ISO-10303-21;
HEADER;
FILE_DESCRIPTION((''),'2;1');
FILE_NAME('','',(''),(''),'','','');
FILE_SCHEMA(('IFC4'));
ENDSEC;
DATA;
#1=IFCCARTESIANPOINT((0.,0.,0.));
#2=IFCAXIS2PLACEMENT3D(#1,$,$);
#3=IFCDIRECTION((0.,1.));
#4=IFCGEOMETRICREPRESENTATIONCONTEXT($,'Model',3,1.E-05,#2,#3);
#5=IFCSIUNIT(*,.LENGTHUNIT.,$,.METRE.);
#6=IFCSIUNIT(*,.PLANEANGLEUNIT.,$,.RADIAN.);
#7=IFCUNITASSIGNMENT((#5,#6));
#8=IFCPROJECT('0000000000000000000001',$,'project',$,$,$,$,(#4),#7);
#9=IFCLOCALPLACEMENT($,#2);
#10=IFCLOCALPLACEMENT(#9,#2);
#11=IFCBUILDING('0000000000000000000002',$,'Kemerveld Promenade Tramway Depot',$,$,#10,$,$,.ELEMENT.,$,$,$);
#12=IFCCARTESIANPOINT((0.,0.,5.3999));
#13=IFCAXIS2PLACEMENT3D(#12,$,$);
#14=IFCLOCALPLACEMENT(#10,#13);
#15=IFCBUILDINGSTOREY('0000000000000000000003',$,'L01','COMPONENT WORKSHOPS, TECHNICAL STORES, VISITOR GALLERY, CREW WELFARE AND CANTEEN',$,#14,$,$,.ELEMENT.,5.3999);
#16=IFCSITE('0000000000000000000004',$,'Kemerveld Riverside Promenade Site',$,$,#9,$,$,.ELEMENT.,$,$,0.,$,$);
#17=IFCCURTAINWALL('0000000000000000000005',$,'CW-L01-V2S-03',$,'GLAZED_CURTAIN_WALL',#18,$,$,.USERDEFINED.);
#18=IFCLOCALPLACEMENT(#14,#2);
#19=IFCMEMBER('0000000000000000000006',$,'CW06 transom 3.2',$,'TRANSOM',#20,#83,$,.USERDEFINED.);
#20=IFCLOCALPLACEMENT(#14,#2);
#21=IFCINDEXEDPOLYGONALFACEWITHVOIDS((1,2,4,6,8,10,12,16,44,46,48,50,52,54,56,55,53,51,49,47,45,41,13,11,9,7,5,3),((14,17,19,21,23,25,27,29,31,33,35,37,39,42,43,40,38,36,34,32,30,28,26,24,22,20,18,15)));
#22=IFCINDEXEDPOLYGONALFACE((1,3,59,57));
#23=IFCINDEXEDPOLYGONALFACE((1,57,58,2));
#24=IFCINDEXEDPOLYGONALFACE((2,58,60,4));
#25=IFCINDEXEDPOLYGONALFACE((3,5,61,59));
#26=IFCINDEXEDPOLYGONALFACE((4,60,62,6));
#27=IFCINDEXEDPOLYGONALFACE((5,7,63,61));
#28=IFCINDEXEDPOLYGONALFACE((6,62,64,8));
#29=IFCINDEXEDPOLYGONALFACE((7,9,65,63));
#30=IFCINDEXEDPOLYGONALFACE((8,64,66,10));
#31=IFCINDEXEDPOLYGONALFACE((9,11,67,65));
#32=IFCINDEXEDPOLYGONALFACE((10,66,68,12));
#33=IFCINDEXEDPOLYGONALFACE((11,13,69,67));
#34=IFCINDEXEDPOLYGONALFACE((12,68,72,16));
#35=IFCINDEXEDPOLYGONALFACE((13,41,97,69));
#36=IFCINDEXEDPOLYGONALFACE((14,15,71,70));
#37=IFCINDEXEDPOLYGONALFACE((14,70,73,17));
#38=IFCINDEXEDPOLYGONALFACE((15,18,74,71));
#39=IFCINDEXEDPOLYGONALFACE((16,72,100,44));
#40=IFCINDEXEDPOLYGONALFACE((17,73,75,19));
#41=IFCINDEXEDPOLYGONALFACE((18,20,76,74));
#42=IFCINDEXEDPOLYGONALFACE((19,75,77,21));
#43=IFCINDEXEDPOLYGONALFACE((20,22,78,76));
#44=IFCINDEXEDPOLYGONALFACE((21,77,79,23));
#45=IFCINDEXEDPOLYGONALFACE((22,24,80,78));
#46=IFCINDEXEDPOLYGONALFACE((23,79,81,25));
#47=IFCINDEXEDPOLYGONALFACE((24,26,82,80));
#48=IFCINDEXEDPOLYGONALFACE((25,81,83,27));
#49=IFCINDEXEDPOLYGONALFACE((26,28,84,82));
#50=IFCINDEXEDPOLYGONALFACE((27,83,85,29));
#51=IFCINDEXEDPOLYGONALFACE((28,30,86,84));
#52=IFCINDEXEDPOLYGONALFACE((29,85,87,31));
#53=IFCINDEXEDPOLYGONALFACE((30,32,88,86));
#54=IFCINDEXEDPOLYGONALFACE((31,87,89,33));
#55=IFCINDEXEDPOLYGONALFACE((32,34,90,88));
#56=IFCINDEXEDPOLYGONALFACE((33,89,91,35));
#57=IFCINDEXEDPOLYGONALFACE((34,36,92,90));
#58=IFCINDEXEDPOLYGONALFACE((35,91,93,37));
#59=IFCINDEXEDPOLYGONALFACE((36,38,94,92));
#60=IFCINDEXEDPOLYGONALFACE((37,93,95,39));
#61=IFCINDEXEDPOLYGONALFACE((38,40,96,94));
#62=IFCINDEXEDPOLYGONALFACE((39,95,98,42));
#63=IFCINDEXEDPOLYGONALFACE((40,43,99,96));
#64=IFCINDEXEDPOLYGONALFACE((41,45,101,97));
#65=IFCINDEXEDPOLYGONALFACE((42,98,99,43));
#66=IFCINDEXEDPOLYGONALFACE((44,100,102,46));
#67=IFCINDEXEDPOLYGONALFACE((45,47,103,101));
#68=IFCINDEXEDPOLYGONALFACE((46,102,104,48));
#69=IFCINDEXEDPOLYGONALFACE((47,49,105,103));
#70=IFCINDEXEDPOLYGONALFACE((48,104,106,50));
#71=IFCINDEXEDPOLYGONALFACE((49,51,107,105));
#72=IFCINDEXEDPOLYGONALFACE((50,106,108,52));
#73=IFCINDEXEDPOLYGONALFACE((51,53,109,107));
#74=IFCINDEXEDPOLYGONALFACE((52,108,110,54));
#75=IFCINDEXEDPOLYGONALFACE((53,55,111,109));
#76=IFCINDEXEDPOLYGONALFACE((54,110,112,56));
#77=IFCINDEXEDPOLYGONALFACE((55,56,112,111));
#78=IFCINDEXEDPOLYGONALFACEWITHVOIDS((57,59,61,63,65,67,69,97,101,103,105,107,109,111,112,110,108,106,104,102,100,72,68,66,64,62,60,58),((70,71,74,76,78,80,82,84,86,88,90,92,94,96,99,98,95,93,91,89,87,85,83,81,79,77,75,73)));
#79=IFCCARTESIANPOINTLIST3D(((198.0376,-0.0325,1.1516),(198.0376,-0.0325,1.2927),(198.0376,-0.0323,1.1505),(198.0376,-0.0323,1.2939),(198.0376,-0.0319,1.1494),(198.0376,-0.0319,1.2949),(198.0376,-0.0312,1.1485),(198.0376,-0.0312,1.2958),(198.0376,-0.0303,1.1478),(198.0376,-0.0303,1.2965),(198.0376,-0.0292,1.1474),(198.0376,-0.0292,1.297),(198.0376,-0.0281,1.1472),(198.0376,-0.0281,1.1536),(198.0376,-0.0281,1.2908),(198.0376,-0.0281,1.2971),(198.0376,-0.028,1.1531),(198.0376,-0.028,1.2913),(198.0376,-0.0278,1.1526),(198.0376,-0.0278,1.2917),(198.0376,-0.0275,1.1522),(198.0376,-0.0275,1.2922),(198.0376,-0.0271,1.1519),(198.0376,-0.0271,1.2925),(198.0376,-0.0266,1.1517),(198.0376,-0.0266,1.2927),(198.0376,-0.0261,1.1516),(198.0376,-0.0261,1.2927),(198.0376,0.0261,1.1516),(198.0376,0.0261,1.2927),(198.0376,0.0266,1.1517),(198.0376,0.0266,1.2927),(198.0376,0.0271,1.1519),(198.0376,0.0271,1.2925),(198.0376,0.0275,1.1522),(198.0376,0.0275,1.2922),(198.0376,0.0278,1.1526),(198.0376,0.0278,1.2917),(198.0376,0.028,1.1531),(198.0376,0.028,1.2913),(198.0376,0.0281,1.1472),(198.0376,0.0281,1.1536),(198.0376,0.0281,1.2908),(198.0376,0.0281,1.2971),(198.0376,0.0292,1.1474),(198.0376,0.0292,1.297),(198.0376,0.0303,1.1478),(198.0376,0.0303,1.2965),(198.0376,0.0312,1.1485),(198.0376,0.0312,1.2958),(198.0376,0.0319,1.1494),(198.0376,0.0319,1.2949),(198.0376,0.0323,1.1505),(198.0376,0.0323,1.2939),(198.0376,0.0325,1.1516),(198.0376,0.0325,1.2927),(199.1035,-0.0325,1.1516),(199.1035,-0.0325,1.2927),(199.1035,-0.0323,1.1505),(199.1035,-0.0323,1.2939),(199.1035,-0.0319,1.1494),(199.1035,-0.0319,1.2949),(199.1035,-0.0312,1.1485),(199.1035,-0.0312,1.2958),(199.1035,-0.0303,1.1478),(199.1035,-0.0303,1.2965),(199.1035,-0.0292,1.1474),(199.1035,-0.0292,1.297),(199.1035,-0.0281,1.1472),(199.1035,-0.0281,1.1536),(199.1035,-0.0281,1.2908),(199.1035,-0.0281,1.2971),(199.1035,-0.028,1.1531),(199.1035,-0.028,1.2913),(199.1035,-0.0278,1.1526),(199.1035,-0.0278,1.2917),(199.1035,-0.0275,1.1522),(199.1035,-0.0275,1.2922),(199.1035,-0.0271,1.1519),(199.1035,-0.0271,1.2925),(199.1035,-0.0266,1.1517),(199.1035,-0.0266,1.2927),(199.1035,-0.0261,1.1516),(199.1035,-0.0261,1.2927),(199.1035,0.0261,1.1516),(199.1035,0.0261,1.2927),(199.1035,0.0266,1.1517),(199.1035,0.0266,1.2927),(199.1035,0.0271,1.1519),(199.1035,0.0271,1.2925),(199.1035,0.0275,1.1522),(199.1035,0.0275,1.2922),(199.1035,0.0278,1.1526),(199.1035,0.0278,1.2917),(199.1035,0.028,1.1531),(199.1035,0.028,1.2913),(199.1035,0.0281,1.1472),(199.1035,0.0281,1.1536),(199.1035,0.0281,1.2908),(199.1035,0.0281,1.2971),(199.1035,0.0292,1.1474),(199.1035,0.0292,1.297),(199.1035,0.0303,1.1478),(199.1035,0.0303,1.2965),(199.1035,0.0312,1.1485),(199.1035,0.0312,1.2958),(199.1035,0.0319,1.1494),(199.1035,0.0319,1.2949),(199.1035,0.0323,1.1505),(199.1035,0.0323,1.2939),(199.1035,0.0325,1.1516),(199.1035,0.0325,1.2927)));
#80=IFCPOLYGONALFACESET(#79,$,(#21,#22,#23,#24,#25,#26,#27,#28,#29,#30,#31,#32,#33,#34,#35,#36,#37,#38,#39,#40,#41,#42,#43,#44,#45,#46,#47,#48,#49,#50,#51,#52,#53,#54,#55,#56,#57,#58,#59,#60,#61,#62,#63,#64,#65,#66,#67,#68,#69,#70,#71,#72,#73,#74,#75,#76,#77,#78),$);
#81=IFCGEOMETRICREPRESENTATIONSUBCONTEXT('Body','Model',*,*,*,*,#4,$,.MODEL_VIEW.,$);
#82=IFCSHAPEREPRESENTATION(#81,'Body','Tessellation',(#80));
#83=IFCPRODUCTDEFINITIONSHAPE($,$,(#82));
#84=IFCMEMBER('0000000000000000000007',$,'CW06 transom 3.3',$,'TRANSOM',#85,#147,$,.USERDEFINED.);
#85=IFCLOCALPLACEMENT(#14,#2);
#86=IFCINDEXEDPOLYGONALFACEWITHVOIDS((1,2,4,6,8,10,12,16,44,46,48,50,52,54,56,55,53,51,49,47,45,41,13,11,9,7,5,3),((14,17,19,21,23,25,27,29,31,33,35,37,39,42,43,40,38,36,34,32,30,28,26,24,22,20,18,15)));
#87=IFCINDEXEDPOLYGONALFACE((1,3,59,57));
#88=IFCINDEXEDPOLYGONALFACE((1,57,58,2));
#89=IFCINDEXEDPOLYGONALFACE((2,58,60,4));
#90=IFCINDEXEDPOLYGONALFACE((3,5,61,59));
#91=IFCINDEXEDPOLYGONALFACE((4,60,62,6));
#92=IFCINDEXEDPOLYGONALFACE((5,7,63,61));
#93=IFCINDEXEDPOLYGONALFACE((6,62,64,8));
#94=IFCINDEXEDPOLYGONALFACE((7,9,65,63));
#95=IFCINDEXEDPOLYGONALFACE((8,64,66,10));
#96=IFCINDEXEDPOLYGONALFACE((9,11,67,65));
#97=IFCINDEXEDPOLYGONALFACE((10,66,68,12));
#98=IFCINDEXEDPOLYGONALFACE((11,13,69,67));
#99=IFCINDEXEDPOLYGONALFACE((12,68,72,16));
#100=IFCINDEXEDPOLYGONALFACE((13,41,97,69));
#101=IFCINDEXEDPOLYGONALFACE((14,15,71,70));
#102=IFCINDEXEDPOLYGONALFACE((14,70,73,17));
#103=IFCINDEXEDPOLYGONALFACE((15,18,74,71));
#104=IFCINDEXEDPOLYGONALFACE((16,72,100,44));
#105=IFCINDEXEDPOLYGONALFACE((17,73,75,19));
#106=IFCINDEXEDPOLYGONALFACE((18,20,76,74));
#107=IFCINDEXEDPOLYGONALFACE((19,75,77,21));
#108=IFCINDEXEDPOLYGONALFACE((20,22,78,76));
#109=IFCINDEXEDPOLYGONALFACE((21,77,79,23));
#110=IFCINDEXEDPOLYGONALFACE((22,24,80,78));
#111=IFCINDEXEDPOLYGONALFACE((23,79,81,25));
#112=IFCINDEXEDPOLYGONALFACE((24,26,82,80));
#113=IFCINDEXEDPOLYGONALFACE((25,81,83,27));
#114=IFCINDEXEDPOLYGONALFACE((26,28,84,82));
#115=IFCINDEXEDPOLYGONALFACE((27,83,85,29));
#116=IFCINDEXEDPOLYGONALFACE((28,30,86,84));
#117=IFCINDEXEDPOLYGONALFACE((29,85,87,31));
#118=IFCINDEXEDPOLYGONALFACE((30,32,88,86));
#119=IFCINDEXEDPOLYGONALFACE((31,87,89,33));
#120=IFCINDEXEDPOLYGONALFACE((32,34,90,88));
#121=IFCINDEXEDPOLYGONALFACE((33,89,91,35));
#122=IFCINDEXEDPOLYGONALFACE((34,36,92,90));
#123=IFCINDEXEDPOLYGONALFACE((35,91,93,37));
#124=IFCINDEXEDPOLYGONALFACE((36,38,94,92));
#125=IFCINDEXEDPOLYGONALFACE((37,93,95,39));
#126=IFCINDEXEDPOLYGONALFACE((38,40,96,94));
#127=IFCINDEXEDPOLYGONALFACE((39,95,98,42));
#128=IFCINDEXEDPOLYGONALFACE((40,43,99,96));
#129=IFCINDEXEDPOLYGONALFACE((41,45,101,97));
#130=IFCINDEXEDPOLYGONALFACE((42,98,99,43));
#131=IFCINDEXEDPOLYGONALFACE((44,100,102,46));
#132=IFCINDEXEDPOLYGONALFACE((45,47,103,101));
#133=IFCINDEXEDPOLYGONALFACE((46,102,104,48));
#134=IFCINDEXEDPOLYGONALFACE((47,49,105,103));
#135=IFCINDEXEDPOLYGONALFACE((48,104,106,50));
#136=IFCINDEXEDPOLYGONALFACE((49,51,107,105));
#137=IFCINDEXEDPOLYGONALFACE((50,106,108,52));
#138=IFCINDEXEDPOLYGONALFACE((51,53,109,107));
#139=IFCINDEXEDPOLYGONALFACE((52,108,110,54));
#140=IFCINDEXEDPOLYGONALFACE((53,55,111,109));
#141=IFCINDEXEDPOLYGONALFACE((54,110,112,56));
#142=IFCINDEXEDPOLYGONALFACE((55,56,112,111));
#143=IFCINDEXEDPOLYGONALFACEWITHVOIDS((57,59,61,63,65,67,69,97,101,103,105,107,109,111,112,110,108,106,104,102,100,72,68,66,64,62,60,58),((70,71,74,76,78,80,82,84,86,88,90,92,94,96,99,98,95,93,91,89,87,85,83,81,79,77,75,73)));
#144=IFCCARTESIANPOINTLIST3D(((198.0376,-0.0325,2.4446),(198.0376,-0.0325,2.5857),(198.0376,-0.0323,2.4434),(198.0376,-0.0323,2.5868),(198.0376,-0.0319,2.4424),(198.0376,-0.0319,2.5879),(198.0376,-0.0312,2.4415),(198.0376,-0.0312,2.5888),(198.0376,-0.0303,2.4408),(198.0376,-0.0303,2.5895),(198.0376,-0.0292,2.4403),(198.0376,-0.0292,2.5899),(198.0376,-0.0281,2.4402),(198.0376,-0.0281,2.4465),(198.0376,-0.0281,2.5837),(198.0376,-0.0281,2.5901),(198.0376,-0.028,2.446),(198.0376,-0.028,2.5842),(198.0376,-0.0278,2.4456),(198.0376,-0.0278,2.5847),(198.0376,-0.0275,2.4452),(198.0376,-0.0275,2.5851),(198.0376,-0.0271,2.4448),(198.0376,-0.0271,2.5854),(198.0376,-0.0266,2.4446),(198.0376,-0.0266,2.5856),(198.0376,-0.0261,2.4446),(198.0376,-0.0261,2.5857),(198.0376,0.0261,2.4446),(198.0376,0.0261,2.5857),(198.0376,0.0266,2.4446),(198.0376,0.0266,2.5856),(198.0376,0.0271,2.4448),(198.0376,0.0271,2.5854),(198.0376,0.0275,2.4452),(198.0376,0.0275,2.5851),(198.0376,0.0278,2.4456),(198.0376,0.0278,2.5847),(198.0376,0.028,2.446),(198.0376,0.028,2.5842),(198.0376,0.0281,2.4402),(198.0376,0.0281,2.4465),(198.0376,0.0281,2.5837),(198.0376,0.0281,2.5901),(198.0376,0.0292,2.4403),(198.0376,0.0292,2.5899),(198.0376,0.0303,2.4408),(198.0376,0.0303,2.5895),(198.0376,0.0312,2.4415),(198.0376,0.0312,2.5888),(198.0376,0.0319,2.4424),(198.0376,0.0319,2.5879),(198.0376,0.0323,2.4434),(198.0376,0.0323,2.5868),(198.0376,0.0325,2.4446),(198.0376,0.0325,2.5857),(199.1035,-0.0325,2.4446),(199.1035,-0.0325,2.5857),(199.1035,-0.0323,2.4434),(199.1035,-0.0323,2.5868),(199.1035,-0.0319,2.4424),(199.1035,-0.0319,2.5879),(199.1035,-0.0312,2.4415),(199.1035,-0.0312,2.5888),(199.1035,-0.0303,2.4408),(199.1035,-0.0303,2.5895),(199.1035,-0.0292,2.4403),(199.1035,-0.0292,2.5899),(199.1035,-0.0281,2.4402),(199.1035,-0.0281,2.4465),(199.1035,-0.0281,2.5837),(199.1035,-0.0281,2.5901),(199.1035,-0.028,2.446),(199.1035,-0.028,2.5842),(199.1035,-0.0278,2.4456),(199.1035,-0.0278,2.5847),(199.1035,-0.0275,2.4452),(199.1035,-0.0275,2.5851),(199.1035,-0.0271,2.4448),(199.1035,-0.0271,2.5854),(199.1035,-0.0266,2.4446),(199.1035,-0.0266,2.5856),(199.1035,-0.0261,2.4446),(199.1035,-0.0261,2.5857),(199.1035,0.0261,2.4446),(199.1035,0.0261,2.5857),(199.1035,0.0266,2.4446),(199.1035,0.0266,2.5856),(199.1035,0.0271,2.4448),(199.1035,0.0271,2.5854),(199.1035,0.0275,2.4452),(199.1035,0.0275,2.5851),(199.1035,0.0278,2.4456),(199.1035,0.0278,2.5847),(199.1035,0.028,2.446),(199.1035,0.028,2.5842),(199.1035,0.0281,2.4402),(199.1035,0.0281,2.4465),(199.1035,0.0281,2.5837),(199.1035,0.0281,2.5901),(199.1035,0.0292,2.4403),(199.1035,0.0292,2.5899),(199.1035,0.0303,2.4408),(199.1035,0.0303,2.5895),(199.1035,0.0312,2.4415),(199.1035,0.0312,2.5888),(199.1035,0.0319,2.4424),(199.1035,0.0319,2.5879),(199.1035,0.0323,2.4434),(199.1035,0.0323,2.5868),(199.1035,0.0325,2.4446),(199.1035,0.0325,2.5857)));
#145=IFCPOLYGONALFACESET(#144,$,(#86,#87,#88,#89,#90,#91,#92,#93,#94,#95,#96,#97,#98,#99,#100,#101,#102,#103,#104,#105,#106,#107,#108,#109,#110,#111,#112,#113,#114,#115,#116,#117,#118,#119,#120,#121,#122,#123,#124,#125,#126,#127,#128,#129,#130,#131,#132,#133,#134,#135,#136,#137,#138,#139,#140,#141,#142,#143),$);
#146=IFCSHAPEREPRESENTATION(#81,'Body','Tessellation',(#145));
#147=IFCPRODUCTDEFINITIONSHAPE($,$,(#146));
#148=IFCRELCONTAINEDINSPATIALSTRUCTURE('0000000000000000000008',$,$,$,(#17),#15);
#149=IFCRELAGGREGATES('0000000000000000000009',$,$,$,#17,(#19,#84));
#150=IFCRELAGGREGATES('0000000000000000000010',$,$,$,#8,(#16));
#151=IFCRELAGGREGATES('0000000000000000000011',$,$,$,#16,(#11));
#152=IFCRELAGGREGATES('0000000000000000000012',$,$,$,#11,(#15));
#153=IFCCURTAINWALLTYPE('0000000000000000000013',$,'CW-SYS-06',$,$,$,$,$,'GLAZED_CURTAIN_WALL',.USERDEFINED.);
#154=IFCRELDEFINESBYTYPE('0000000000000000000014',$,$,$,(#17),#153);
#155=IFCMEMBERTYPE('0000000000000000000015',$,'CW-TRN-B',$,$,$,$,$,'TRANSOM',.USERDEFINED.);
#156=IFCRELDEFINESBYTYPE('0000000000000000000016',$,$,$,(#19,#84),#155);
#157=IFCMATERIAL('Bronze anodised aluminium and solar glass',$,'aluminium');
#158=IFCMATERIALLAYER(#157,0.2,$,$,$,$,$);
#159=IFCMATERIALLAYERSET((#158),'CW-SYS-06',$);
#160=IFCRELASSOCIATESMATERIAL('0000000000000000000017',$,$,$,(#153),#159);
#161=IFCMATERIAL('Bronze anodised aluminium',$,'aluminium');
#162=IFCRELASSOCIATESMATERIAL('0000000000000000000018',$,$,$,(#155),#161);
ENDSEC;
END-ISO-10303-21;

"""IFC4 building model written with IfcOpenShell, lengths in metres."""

from ifc_helpers import new_model, si_unit, direction, frame, origin, origin_2d, place, context, subcontext, project, spatial, hollow_rectangle, extrude, material, layer, layer_set, material_profile, profile_set, type_object, element, aggregate, save


model = new_model("IFC4")

# Units and contexts
model_context = context("Model", 3, precision=1e-05, world=origin(), true_north=direction((0.0, 1.0)))
body_context = subcontext(model_context, "Body", "Model", "MODEL_VIEW")
ifc_project = project(units=[si_unit("LENGTHUNIT", "METRE"), si_unit("PLANEANGLEUNIT", "RADIAN")], contexts=[model_context])

# Site, building, storey
site_placement = place(None, origin())
site = spatial("IfcSite", under=ifc_project, at=site_placement, Name="Kemerveld Riverside Promenade Site", CompositionType="ELEMENT", RefElevation=0.0)
building_placement = place(site_placement, origin())
building = spatial("IfcBuilding", under=site, at=building_placement, Name="Kemerveld Promenade Tramway Depot", CompositionType="ELEMENT")
storey_placement = place(building_placement, frame((0.0, 0.0, 5.3999)))
storey = spatial("IfcBuildingStorey", under=building, at=storey_placement, Name="L01", Description="COMPONENT WORKSHOPS, TECHNICAL STORES, VISITOR GALLERY, CREW WELFARE AND CANTEEN", CompositionType="ELEMENT", Elevation=5.3999)

# Curtain wall, members
ifc_material_1 = material(Name="Bronze anodised aluminium and solar glass", Category="aluminium")
ifc_layer_1 = layer(ifc_material_1, 0.2)
ifc_layer_set_1 = layer_set([ifc_layer_1], Name="CW-SYS-06")
curtain_wall_type = type_object("IfcCurtainWallType", Name="CW-SYS-06", ElementType="GLAZED_CURTAIN_WALL", PredefinedType="USERDEFINED", material=ifc_layer_set_1)
curtain_wall_placement = place(storey_placement, origin())
curtain_wall = element("IfcCurtainWall", 1, at=curtain_wall_placement, inside=storey, type_object=curtain_wall_type, Name="CW-L01-V2S-03", ObjectType="GLAZED_CURTAIN_WALL", PredefinedType="USERDEFINED")
ifc_material_2 = material(Name="Bronze anodised aluminium", Category="aluminium")
ifc_material_profile_1 = material_profile(ifc_material_2, hollow_rectangle(XDim=0.0649, YDim=0.1499, WallThickness=0.0044, InnerFilletRadius=0.002, OuterFilletRadius=0.0044, at=origin_2d()), Name="CW-TRN-150x65")
ifc_profile_set_1 = profile_set([ifc_material_profile_1], Name="Bronze anodised aluminium")
member_type_1 = type_object("IfcMemberType", Name="CW-TRN-B", ElementType="TRANSOM", PredefinedType="USERDEFINED", material=ifc_profile_set_1)
member_1_placement = place(storey_placement, frame((199.1035, 0.0, 1.2222), z_axis=(-1.0, 0.0, 0.0), x_axis=(0.0, -1.0, 0.0)))
member_1 = element("IfcMember", 2, at=member_1_placement, type_object=member_type_1, Name="CW06 transom 3.2", ObjectType="TRANSOM", PredefinedType="USERDEFINED", context=body_context, shape_type="SweptSolid", body=[
    extrude(hollow_rectangle(XDim=0.0649, YDim=0.1499, WallThickness=0.0044, InnerFilletRadius=0.002, OuterFilletRadius=0.0044, at=origin_2d()), origin(), (0.0, 0.0, 1.0), 1.0659),
])
member_2_placement = place(storey_placement, frame((199.1035, 0.0, 2.5151), z_axis=(-1.0, 0.0, 0.0), x_axis=(0.0, -1.0, 0.0)))
member_2 = element("IfcMember", 3, at=member_2_placement, type_object=member_type_1, Name="CW06 transom 3.3", ObjectType="TRANSOM", PredefinedType="USERDEFINED", context=body_context, shape_type="SweptSolid", body=[
    extrude(hollow_rectangle(XDim=0.0649, YDim=0.1499, WallThickness=0.0044, InnerFilletRadius=0.002, OuterFilletRadius=0.0044, at=origin_2d()), origin(), (0.0, 0.0, 1.0), 1.0659),
])
aggregate(curtain_wall, [member_1, member_2])

save(model, "model.ifc")
